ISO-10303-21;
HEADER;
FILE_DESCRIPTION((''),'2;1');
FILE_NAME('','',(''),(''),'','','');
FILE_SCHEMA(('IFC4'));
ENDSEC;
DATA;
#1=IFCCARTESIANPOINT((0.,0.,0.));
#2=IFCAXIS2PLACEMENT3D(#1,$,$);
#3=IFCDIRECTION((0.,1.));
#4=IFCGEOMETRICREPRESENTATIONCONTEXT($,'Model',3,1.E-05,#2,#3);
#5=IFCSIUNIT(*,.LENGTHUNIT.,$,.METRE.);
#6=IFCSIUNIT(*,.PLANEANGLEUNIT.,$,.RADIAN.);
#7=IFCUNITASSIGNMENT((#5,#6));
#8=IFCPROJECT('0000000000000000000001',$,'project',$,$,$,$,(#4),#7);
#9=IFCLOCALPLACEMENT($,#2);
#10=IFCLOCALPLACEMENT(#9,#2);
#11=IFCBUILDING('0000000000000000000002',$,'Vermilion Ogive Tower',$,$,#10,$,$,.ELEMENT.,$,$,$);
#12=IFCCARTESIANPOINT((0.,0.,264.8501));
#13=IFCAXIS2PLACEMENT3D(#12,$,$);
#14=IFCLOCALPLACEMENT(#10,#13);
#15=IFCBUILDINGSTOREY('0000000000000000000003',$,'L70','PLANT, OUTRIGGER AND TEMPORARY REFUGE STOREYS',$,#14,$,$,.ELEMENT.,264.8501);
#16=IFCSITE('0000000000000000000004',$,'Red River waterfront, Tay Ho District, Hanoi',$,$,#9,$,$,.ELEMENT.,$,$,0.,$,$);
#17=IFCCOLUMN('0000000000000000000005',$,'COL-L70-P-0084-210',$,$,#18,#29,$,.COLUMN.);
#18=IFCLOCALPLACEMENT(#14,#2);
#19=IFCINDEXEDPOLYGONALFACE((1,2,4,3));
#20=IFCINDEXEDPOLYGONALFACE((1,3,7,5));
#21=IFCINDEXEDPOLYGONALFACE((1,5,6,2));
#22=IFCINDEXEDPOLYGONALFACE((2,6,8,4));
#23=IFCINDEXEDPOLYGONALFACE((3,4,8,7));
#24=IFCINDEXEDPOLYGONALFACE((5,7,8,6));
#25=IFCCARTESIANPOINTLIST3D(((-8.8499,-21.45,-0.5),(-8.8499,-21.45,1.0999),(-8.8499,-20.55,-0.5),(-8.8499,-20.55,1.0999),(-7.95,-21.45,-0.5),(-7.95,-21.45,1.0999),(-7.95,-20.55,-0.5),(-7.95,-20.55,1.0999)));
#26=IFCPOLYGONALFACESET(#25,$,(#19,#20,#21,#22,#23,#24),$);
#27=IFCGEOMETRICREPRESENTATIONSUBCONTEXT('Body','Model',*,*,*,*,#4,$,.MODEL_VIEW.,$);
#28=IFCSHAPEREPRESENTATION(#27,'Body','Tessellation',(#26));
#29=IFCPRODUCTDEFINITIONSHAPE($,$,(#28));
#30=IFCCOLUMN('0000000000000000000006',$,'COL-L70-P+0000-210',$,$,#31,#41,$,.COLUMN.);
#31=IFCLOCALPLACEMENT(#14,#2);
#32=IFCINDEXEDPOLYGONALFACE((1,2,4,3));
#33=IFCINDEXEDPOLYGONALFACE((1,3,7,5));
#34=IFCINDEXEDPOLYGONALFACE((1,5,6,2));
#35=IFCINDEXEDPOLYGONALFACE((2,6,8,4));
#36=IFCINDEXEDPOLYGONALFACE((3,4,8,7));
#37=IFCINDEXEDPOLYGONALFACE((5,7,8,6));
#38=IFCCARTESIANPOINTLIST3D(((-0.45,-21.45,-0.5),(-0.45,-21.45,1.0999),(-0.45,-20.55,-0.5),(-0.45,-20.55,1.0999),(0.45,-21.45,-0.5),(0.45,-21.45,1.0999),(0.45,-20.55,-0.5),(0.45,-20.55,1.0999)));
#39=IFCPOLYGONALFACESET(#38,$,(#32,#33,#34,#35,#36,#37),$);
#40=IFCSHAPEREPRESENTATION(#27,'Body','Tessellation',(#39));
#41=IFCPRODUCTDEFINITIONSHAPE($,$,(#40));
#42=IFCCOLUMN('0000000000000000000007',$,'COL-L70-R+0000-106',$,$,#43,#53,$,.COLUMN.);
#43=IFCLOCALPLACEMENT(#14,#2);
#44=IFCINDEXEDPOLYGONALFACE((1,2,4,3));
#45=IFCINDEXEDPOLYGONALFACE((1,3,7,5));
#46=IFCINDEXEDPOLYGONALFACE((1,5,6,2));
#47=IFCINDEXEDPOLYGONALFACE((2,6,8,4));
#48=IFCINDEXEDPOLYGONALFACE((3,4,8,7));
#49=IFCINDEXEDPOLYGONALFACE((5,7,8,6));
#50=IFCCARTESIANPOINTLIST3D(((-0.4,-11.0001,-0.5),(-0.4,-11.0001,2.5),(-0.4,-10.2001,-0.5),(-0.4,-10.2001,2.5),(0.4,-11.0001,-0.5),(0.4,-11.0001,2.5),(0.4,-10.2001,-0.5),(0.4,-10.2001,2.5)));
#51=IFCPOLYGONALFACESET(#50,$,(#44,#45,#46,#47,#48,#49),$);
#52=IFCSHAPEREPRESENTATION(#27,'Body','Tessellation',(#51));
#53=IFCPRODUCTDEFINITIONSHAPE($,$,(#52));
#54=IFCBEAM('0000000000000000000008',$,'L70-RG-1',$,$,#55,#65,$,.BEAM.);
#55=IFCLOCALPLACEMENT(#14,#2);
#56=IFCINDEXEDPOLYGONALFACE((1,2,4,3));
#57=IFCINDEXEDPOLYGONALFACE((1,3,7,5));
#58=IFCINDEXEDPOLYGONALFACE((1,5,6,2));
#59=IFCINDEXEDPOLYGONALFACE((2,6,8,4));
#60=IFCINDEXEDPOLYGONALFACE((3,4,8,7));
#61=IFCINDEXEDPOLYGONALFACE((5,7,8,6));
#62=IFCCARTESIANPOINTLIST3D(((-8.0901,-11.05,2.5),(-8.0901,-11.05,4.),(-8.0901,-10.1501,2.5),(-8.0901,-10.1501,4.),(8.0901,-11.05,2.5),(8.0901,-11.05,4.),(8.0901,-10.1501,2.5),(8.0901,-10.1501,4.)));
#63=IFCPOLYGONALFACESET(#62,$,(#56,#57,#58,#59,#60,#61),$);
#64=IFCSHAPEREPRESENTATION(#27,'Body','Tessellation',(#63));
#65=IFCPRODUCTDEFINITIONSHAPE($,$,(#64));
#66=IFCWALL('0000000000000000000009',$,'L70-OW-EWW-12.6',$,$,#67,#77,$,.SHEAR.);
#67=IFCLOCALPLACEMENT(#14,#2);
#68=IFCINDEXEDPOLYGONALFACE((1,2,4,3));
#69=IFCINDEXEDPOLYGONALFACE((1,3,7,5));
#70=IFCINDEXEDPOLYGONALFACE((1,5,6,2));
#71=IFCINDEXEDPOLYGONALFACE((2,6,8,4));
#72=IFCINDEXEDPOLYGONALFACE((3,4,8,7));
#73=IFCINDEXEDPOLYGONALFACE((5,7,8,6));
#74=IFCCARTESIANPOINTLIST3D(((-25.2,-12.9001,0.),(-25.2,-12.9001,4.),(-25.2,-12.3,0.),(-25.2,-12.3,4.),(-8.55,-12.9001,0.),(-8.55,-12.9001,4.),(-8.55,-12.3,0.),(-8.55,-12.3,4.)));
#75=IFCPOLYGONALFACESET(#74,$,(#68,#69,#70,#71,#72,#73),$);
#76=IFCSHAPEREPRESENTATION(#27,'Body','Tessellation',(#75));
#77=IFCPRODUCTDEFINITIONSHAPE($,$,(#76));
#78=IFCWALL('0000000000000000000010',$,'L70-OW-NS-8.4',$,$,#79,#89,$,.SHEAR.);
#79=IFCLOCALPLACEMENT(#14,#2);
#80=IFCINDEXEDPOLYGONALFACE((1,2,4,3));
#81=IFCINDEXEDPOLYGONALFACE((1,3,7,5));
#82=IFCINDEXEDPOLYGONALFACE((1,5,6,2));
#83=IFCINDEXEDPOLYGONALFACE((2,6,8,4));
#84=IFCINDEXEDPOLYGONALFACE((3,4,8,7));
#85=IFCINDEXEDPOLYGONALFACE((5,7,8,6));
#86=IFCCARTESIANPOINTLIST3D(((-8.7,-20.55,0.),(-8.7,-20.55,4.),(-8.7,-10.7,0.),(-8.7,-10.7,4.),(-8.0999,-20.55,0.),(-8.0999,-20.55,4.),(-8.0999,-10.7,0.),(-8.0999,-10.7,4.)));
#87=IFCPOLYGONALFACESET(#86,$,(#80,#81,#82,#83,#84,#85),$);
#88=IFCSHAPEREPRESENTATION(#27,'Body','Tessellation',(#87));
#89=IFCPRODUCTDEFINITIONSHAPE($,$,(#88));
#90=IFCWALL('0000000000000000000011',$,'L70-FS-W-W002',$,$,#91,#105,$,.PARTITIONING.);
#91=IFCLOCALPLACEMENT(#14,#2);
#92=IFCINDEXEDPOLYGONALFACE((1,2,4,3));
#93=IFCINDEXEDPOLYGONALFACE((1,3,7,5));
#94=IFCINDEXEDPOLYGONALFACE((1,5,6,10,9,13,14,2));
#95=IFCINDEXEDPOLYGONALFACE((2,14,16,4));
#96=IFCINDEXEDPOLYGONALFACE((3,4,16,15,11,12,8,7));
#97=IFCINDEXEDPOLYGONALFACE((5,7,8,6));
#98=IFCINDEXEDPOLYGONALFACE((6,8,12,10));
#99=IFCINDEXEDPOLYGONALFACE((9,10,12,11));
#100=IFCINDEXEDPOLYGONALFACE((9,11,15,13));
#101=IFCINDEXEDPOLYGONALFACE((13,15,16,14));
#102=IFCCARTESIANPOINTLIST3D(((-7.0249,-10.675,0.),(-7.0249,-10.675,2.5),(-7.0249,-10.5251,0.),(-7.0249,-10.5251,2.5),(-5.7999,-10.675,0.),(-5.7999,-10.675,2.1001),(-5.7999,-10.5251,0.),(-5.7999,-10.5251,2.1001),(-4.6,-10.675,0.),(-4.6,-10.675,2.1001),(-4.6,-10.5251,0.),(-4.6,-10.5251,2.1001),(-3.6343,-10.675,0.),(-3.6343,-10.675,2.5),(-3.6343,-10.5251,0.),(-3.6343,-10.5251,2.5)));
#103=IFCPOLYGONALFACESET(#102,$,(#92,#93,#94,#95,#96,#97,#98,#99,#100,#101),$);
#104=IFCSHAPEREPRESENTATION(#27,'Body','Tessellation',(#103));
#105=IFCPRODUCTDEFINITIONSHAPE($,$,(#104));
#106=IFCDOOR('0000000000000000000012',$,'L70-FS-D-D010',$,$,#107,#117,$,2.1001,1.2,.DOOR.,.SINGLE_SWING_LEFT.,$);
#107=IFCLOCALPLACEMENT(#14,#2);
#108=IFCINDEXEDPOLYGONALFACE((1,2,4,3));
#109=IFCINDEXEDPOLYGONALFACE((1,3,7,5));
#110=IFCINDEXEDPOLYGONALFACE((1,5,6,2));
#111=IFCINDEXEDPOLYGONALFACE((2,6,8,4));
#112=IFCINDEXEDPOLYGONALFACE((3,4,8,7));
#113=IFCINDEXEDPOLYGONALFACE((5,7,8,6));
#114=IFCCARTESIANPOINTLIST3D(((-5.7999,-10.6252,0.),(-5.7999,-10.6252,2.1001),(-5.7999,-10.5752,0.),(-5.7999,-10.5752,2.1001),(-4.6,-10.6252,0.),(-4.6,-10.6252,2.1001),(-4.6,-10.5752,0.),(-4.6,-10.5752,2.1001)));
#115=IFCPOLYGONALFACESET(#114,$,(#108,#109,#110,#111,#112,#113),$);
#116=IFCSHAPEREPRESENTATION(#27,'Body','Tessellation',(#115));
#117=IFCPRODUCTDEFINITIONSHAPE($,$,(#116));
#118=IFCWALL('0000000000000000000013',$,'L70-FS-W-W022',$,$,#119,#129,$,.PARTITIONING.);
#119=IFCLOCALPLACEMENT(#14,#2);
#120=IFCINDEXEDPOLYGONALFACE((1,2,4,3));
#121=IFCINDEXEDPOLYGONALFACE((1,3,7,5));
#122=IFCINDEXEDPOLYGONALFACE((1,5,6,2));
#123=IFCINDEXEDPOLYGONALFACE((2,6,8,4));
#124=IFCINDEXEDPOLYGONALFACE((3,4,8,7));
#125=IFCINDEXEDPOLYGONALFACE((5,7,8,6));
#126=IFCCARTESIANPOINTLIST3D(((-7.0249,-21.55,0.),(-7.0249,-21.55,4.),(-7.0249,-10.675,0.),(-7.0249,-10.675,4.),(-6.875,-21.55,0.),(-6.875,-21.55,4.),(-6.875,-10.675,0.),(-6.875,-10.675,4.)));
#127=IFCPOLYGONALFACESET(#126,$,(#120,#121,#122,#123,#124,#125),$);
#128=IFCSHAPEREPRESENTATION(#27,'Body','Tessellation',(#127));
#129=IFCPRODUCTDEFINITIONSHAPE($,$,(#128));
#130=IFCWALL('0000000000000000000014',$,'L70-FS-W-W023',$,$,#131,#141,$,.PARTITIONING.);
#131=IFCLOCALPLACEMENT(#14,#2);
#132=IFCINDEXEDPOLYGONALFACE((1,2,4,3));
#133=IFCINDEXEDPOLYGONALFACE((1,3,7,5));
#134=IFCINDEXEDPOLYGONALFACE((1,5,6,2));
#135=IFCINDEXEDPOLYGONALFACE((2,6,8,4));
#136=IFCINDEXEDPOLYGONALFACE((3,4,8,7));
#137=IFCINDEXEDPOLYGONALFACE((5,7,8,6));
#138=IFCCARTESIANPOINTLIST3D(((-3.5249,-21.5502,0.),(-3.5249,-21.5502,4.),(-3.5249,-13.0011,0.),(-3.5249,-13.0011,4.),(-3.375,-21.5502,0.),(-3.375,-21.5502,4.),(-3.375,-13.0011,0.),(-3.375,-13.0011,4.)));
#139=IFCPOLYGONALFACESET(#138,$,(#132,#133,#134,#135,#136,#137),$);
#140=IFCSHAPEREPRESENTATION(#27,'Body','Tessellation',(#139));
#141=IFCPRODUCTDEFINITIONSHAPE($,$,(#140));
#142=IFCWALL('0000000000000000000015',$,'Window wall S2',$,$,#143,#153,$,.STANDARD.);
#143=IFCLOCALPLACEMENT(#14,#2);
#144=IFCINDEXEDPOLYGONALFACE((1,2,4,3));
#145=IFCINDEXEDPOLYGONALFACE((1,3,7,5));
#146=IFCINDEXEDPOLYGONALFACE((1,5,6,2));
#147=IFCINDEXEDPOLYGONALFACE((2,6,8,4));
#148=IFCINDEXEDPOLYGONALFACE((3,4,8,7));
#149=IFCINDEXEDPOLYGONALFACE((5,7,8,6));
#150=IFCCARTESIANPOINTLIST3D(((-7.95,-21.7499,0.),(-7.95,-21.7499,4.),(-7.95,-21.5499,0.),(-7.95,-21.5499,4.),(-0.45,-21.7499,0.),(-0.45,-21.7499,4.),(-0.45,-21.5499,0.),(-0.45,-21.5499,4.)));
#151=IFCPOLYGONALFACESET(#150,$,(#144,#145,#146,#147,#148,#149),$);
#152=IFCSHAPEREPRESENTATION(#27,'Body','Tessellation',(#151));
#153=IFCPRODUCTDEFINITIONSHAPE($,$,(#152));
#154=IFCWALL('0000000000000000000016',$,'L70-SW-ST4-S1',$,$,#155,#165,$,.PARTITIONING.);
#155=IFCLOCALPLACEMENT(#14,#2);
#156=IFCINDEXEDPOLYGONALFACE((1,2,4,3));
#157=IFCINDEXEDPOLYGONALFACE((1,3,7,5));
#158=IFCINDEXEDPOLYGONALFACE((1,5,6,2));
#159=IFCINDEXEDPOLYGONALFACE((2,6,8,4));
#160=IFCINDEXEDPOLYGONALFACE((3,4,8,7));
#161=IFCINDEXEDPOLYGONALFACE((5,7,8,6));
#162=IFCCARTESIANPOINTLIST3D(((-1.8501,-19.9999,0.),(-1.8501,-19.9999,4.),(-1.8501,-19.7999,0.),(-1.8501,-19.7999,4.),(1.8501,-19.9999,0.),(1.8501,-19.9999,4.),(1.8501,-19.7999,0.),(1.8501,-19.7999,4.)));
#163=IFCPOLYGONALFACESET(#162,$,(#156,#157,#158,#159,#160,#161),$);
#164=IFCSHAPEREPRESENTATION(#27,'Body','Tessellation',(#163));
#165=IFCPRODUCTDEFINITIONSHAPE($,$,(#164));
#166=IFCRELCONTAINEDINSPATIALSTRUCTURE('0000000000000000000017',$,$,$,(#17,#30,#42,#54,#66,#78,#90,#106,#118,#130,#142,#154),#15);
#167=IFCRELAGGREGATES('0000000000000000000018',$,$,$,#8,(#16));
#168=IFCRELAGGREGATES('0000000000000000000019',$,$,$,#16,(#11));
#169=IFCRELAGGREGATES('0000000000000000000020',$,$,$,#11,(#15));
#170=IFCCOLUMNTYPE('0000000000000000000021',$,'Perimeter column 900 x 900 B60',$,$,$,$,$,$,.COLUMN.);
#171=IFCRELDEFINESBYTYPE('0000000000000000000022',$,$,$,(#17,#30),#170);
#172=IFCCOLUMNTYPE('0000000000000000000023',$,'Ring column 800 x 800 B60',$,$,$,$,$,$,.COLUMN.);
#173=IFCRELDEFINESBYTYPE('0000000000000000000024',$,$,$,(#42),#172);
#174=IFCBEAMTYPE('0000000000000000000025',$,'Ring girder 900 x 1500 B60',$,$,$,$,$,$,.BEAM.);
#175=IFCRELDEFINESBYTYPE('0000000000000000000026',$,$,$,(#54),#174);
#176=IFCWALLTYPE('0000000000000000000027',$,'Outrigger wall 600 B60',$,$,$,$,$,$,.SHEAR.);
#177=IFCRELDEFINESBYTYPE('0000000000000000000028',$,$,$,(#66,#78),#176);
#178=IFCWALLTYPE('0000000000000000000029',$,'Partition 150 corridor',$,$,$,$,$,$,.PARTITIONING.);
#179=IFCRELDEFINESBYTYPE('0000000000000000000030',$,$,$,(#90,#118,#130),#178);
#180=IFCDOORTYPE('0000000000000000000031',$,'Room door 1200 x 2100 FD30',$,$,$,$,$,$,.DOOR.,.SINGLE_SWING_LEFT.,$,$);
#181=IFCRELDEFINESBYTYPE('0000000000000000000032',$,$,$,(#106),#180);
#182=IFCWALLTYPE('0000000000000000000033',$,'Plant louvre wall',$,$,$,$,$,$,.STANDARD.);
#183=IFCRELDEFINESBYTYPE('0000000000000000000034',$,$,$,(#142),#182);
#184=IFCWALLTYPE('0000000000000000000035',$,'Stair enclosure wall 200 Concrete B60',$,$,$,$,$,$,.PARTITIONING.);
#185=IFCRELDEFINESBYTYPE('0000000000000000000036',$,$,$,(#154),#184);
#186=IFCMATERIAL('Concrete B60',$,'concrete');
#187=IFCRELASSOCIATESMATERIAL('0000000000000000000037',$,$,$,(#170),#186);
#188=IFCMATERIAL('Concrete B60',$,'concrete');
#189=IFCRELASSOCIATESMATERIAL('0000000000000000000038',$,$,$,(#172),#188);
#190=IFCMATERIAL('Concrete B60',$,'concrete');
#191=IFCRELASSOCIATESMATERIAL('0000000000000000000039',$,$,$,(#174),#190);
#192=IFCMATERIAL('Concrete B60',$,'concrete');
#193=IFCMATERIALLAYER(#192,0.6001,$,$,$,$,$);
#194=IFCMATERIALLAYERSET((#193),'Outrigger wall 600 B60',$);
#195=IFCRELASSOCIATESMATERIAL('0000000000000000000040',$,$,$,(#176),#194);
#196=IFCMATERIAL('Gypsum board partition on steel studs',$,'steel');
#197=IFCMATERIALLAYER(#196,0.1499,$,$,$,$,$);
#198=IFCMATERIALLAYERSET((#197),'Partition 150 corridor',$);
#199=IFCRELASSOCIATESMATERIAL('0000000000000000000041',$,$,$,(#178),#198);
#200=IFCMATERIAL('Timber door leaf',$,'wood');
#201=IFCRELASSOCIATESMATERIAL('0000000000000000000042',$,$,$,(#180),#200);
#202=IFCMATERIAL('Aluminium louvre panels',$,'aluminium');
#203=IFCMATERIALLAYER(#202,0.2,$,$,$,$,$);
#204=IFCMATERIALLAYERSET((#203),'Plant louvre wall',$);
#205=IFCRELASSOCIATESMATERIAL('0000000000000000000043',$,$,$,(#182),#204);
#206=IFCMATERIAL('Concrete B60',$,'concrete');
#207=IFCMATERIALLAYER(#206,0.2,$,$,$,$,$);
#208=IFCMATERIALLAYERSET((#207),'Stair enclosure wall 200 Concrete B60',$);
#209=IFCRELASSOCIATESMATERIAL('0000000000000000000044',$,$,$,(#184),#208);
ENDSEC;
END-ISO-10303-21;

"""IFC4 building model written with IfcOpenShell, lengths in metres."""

from ifc_helpers import new_model, si_unit, direction, frame, frame_2d, origin, origin_2d, place, context, subcontext, project, spatial, rectangle, extrude, material, layer, layer_set, material_profile, profile_set, type_object, element, fill, save


model = new_model("IFC4")

# Units and contexts
model_context = context("Model", 3, precision=1e-05, world=origin(), true_north=direction((0.0, 1.0)))
body_context = subcontext(model_context, "Body", "Model", "MODEL_VIEW")
ifc_project = project(units=[si_unit("LENGTHUNIT", "METRE"), si_unit("PLANEANGLEUNIT", "RADIAN")], contexts=[model_context])

# Site, building, storey
site_placement = place(None, origin())
site = spatial("IfcSite", under=ifc_project, at=site_placement, Name="Red River waterfront, Tay Ho District, Hanoi", CompositionType="ELEMENT", RefElevation=0.0)
building_placement = place(site_placement, origin())
building = spatial("IfcBuilding", under=site, at=building_placement, Name="Vermilion Ogive Tower", CompositionType="ELEMENT")
storey_placement = place(building_placement, frame((0.0, 0.0, 264.8501)))
storey = spatial("IfcBuildingStorey", under=building, at=storey_placement, Name="L70", Description="PLANT, OUTRIGGER AND TEMPORARY REFUGE STOREYS", CompositionType="ELEMENT", Elevation=264.8501)

# Columns
ifc_material_1 = material(Name="Concrete B60", Category="concrete")
ifc_material_profile_1 = material_profile(ifc_material_1, rectangle(XDim=0.8999, YDim=0.8999, at=origin_2d()), Name="900 x 900")
ifc_profile_set_1 = profile_set([ifc_material_profile_1], Name="Concrete B60")
column_type_1 = type_object("IfcColumnType", Name="Perimeter column 900 x 900 B60", PredefinedType="COLUMN", material=ifc_profile_set_1)
for number, where, z_axis, x_axis, name in (
    (1, (-8.3999, -21.0, -0.5), (0.0, 0.0, 1.0), (1.0, 0.0, 0.0), "COL-L70-P-0084-210"),
    (2, (0.0, -21.0, -0.5), (0.0, 0.0, 1.0), (1.0, 0.0, 0.0), "COL-L70-P+0000-210"),
):
    element("IfcColumn", number, at=place(storey_placement, frame(where, z_axis=z_axis, x_axis=x_axis)), inside=storey, type_object=column_type_1, Name=name, PredefinedType="COLUMN", context=body_context, shape_type="SweptSolid", body=[
        extrude(rectangle(XDim=0.8999, YDim=0.8999, at=origin_2d()), origin(), (0.0, 0.0, 1.0), 1.5999),
    ])
ifc_material_2 = material(Name="Concrete B60", Category="concrete")
ifc_material_profile_2 = material_profile(ifc_material_2, rectangle(XDim=0.8, YDim=0.8, at=origin_2d()), Name="800 x 800")
ifc_profile_set_2 = profile_set([ifc_material_profile_2], Name="Concrete B60")
column_type_2 = type_object("IfcColumnType", Name="Ring column 800 x 800 B60", PredefinedType="COLUMN", material=ifc_profile_set_2)
column_placement = place(storey_placement, frame((0.0, -10.6001, -0.5), z_axis=(0.0, 0.0, 1.0), x_axis=(1.0, 0.0, 0.0)))
element("IfcColumn", 3, at=column_placement, inside=storey, type_object=column_type_2, Name="COL-L70-R+0000-106", PredefinedType="COLUMN", context=body_context, shape_type="SweptSolid", body=[
    extrude(rectangle(XDim=0.8, YDim=0.8, at=origin_2d()), origin(), (0.0, 0.0, 1.0), 3.0),
])

# Beam
ifc_material_3 = material(Name="Concrete B60", Category="concrete")
ifc_material_profile_3 = material_profile(ifc_material_3, rectangle(XDim=0.8999, YDim=1.5, at=origin_2d()), Name="900 x 1500")
ifc_profile_set_3 = profile_set([ifc_material_profile_3], Name="Concrete B60")
beam_type = type_object("IfcBeamType", Name="Ring girder 900 x 1500 B60", PredefinedType="BEAM", material=ifc_profile_set_3)
beam_placement = place(storey_placement, frame((-8.0901, -10.6001, 3.25), z_axis=(1.0, 0.0, 0.0), x_axis=(0.0, 1.0, 0.0)))
element("IfcBeam", 4, at=beam_placement, inside=storey, type_object=beam_type, Name="L70-RG-1", PredefinedType="BEAM", context=body_context, shape_type="SweptSolid", body=[
    extrude(rectangle(XDim=0.8999, YDim=1.5, at=origin_2d()), origin(), (0.0, 0.0, 1.0), 16.1802),
])

# Walls
ifc_material_4 = material(Name="Concrete B60", Category="concrete")
ifc_layer_1 = layer(ifc_material_4, 0.6001)
ifc_layer_set_1 = layer_set([ifc_layer_1], Name="Outrigger wall 600 B60")
wall_type_1 = type_object("IfcWallType", Name="Outrigger wall 600 B60", PredefinedType="SHEAR", material=ifc_layer_set_1)
wall_1_placement = place(storey_placement, frame((-8.55, -12.6001, 0.0), z_axis=(0.0, 0.0, 1.0), x_axis=(-1.0, 0.0, 0.0)))
element("IfcWall", 5, at=wall_1_placement, inside=storey, type_object=wall_type_1, Name="L70-OW-EWW-12.6", PredefinedType="SHEAR", context=body_context, shape_type="SweptSolid", body=[
    extrude(rectangle(XDim=16.6499, YDim=0.6001, at=frame_2d((8.325, 0.0))), origin(), (0.0, 0.0, 1.0), 4.0),
])
wall_2_placement = place(storey_placement, frame((-8.3999, -10.7, 0.0), z_axis=(0.0, 0.0, 1.0), x_axis=(0.0, -1.0, 0.0)))
element("IfcWall", 6, at=wall_2_placement, inside=storey, type_object=wall_type_1, Name="L70-OW-NS-8.4", PredefinedType="SHEAR", context=body_context, shape_type="SweptSolid", body=[
    extrude(rectangle(XDim=9.8501, YDim=0.6001, at=frame_2d((4.925, 0.0))), origin(), (0.0, 0.0, 1.0), 4.0),
])

# Wall, opening, door
ifc_material_5 = material(Name="Gypsum board partition on steel studs", Category="steel")
ifc_layer_2 = layer(ifc_material_5, 0.1499)
ifc_layer_set_2 = layer_set([ifc_layer_2], Name="Partition 150 corridor")
wall_type_2 = type_object("IfcWallType", Name="Partition 150 corridor", PredefinedType="PARTITIONING", material=ifc_layer_set_2)
wall_3_placement = place(storey_placement, frame((-7.0249, -10.6001, 0.0), z_axis=(0.0, 0.0, 1.0), x_axis=(1.0, 0.0, 0.0)))
wall_3 = element("IfcWall", 7, at=wall_3_placement, inside=storey, type_object=wall_type_2, Name="L70-FS-W-W002", PredefinedType="PARTITIONING", context=body_context, shape_type="SweptSolid", body=[
    extrude(rectangle(XDim=3.3906, YDim=0.1499, at=frame_2d((1.6953, 0.0))), origin(), (0.0, 0.0, 1.0), 2.5),
])
opening_1_placement = place(wall_3_placement, frame((1.2249, 0.0, 0.0)))
opening_1 = element("IfcOpeningElement", 8, at=opening_1_placement, cuts=wall_3, PredefinedType="OPENING", context=body_context, shape_type="SweptSolid", body=[
    extrude(rectangle(XDim=1.2, YDim=2.1001, at=frame_2d((0.6001, 1.05))), frame((0.0, 0.085, 0.0), z_axis=(0.0, -1.0, 0.0), x_axis=(1.0, 0.0, 0.0)), (0.0, 0.0, 1.0), 0.1699),
])
ifc_material_6 = material(Name="Timber door leaf", Category="wood")
door_type_1 = type_object("IfcDoorType", Name="Room door 1200 x 2100 FD30", OperationType="SINGLE_SWING_LEFT", PredefinedType="DOOR", material=ifc_material_6)
door_1_placement = place(opening_1_placement, origin())
door_1 = element("IfcDoor", 9, at=door_1_placement, inside=storey, type_object=door_type_1, Name="L70-FS-D-D010", OperationType="SINGLE_SWING_LEFT", OverallHeight=2.1001, OverallWidth=1.2, PredefinedType="DOOR", context=body_context, shape_type="SweptSolid", body=[
    extrude(rectangle(XDim=1.2, YDim=2.1001, at=frame_2d((0.6001, 1.05))), frame((0.0, 0.0249, 0.0), z_axis=(0.0, -1.0, 0.0), x_axis=(1.0, 0.0, 0.0)), (0.0, 0.0, 1.0), 0.05),
])
fill(opening_1, door_1)

# Walls
wall_4_placement = place(storey_placement, frame((-6.95, -21.55, 0.0), z_axis=(0.0, 0.0, 1.0), x_axis=(0.0, 1.0, 0.0)))
element("IfcWall", 10, at=wall_4_placement, inside=storey, type_object=wall_type_2, Name="L70-FS-W-W022", PredefinedType="PARTITIONING", context=body_context, shape_type="SweptSolid", body=[
    extrude(rectangle(XDim=10.875, YDim=0.1499, at=frame_2d((5.4375, 0.0))), origin(), (0.0, 0.0, 1.0), 4.0),
])
wall_5_placement = place(storey_placement, frame((-3.45, -21.55, 0.0), z_axis=(0.0, 0.0, 1.0), x_axis=(0.0, 1.0, 0.0)))
element("IfcWall", 11, at=wall_5_placement, inside=storey, type_object=wall_type_2, Name="L70-FS-W-W023", PredefinedType="PARTITIONING", context=body_context, shape_type="SweptSolid", body=[
    extrude(rectangle(XDim=8.5491, YDim=0.1499, at=frame_2d((4.2744, 0.0))), origin(), (0.0, 0.0, 1.0), 4.0),
])
ifc_material_7 = material(Name="Aluminium louvre panels", Category="aluminium")
ifc_layer_3 = layer(ifc_material_7, 0.2)
ifc_layer_set_3 = layer_set([ifc_layer_3], Name="Plant louvre wall")
wall_type_3 = type_object("IfcWallType", Name="Plant louvre wall", PredefinedType="STANDARD", material=ifc_layer_set_3)
wall_6_placement = place(storey_placement, frame((-7.95, -21.6499, 0.0), z_axis=(0.0, 0.0, 1.0), x_axis=(1.0, 0.0, 0.0)))
element("IfcWall", 12, at=wall_6_placement, inside=storey, type_object=wall_type_3, Name="Window wall S2", PredefinedType="STANDARD", context=body_context, shape_type="SweptSolid", body=[
    extrude(rectangle(XDim=7.5, YDim=0.2, at=frame_2d((3.75, 0.0))), origin(), (0.0, 0.0, 1.0), 4.0),
])
ifc_material_8 = material(Name="Concrete B60", Category="concrete")
ifc_layer_4 = layer(ifc_material_8, 0.2)
ifc_layer_set_4 = layer_set([ifc_layer_4], Name="Stair enclosure wall 200 Concrete B60")
wall_type_4 = type_object("IfcWallType", Name="Stair enclosure wall 200 Concrete B60", PredefinedType="PARTITIONING", material=ifc_layer_set_4)
wall_7_placement = place(storey_placement, frame((-1.8501, -19.8999, 0.0), z_axis=(0.0, 0.0, 1.0), x_axis=(1.0, 0.0, 0.0)))
element("IfcWall", 13, at=wall_7_placement, inside=storey, type_object=wall_type_4, Name="L70-SW-ST4-S1", PredefinedType="PARTITIONING", context=body_context, shape_type="SweptSolid", body=[
    extrude(rectangle(XDim=3.7002, YDim=0.2, at=frame_2d((1.8501, 0.0))), origin(), (0.0, 0.0, 1.0), 4.0),
])

save(model, "model.ifc")
